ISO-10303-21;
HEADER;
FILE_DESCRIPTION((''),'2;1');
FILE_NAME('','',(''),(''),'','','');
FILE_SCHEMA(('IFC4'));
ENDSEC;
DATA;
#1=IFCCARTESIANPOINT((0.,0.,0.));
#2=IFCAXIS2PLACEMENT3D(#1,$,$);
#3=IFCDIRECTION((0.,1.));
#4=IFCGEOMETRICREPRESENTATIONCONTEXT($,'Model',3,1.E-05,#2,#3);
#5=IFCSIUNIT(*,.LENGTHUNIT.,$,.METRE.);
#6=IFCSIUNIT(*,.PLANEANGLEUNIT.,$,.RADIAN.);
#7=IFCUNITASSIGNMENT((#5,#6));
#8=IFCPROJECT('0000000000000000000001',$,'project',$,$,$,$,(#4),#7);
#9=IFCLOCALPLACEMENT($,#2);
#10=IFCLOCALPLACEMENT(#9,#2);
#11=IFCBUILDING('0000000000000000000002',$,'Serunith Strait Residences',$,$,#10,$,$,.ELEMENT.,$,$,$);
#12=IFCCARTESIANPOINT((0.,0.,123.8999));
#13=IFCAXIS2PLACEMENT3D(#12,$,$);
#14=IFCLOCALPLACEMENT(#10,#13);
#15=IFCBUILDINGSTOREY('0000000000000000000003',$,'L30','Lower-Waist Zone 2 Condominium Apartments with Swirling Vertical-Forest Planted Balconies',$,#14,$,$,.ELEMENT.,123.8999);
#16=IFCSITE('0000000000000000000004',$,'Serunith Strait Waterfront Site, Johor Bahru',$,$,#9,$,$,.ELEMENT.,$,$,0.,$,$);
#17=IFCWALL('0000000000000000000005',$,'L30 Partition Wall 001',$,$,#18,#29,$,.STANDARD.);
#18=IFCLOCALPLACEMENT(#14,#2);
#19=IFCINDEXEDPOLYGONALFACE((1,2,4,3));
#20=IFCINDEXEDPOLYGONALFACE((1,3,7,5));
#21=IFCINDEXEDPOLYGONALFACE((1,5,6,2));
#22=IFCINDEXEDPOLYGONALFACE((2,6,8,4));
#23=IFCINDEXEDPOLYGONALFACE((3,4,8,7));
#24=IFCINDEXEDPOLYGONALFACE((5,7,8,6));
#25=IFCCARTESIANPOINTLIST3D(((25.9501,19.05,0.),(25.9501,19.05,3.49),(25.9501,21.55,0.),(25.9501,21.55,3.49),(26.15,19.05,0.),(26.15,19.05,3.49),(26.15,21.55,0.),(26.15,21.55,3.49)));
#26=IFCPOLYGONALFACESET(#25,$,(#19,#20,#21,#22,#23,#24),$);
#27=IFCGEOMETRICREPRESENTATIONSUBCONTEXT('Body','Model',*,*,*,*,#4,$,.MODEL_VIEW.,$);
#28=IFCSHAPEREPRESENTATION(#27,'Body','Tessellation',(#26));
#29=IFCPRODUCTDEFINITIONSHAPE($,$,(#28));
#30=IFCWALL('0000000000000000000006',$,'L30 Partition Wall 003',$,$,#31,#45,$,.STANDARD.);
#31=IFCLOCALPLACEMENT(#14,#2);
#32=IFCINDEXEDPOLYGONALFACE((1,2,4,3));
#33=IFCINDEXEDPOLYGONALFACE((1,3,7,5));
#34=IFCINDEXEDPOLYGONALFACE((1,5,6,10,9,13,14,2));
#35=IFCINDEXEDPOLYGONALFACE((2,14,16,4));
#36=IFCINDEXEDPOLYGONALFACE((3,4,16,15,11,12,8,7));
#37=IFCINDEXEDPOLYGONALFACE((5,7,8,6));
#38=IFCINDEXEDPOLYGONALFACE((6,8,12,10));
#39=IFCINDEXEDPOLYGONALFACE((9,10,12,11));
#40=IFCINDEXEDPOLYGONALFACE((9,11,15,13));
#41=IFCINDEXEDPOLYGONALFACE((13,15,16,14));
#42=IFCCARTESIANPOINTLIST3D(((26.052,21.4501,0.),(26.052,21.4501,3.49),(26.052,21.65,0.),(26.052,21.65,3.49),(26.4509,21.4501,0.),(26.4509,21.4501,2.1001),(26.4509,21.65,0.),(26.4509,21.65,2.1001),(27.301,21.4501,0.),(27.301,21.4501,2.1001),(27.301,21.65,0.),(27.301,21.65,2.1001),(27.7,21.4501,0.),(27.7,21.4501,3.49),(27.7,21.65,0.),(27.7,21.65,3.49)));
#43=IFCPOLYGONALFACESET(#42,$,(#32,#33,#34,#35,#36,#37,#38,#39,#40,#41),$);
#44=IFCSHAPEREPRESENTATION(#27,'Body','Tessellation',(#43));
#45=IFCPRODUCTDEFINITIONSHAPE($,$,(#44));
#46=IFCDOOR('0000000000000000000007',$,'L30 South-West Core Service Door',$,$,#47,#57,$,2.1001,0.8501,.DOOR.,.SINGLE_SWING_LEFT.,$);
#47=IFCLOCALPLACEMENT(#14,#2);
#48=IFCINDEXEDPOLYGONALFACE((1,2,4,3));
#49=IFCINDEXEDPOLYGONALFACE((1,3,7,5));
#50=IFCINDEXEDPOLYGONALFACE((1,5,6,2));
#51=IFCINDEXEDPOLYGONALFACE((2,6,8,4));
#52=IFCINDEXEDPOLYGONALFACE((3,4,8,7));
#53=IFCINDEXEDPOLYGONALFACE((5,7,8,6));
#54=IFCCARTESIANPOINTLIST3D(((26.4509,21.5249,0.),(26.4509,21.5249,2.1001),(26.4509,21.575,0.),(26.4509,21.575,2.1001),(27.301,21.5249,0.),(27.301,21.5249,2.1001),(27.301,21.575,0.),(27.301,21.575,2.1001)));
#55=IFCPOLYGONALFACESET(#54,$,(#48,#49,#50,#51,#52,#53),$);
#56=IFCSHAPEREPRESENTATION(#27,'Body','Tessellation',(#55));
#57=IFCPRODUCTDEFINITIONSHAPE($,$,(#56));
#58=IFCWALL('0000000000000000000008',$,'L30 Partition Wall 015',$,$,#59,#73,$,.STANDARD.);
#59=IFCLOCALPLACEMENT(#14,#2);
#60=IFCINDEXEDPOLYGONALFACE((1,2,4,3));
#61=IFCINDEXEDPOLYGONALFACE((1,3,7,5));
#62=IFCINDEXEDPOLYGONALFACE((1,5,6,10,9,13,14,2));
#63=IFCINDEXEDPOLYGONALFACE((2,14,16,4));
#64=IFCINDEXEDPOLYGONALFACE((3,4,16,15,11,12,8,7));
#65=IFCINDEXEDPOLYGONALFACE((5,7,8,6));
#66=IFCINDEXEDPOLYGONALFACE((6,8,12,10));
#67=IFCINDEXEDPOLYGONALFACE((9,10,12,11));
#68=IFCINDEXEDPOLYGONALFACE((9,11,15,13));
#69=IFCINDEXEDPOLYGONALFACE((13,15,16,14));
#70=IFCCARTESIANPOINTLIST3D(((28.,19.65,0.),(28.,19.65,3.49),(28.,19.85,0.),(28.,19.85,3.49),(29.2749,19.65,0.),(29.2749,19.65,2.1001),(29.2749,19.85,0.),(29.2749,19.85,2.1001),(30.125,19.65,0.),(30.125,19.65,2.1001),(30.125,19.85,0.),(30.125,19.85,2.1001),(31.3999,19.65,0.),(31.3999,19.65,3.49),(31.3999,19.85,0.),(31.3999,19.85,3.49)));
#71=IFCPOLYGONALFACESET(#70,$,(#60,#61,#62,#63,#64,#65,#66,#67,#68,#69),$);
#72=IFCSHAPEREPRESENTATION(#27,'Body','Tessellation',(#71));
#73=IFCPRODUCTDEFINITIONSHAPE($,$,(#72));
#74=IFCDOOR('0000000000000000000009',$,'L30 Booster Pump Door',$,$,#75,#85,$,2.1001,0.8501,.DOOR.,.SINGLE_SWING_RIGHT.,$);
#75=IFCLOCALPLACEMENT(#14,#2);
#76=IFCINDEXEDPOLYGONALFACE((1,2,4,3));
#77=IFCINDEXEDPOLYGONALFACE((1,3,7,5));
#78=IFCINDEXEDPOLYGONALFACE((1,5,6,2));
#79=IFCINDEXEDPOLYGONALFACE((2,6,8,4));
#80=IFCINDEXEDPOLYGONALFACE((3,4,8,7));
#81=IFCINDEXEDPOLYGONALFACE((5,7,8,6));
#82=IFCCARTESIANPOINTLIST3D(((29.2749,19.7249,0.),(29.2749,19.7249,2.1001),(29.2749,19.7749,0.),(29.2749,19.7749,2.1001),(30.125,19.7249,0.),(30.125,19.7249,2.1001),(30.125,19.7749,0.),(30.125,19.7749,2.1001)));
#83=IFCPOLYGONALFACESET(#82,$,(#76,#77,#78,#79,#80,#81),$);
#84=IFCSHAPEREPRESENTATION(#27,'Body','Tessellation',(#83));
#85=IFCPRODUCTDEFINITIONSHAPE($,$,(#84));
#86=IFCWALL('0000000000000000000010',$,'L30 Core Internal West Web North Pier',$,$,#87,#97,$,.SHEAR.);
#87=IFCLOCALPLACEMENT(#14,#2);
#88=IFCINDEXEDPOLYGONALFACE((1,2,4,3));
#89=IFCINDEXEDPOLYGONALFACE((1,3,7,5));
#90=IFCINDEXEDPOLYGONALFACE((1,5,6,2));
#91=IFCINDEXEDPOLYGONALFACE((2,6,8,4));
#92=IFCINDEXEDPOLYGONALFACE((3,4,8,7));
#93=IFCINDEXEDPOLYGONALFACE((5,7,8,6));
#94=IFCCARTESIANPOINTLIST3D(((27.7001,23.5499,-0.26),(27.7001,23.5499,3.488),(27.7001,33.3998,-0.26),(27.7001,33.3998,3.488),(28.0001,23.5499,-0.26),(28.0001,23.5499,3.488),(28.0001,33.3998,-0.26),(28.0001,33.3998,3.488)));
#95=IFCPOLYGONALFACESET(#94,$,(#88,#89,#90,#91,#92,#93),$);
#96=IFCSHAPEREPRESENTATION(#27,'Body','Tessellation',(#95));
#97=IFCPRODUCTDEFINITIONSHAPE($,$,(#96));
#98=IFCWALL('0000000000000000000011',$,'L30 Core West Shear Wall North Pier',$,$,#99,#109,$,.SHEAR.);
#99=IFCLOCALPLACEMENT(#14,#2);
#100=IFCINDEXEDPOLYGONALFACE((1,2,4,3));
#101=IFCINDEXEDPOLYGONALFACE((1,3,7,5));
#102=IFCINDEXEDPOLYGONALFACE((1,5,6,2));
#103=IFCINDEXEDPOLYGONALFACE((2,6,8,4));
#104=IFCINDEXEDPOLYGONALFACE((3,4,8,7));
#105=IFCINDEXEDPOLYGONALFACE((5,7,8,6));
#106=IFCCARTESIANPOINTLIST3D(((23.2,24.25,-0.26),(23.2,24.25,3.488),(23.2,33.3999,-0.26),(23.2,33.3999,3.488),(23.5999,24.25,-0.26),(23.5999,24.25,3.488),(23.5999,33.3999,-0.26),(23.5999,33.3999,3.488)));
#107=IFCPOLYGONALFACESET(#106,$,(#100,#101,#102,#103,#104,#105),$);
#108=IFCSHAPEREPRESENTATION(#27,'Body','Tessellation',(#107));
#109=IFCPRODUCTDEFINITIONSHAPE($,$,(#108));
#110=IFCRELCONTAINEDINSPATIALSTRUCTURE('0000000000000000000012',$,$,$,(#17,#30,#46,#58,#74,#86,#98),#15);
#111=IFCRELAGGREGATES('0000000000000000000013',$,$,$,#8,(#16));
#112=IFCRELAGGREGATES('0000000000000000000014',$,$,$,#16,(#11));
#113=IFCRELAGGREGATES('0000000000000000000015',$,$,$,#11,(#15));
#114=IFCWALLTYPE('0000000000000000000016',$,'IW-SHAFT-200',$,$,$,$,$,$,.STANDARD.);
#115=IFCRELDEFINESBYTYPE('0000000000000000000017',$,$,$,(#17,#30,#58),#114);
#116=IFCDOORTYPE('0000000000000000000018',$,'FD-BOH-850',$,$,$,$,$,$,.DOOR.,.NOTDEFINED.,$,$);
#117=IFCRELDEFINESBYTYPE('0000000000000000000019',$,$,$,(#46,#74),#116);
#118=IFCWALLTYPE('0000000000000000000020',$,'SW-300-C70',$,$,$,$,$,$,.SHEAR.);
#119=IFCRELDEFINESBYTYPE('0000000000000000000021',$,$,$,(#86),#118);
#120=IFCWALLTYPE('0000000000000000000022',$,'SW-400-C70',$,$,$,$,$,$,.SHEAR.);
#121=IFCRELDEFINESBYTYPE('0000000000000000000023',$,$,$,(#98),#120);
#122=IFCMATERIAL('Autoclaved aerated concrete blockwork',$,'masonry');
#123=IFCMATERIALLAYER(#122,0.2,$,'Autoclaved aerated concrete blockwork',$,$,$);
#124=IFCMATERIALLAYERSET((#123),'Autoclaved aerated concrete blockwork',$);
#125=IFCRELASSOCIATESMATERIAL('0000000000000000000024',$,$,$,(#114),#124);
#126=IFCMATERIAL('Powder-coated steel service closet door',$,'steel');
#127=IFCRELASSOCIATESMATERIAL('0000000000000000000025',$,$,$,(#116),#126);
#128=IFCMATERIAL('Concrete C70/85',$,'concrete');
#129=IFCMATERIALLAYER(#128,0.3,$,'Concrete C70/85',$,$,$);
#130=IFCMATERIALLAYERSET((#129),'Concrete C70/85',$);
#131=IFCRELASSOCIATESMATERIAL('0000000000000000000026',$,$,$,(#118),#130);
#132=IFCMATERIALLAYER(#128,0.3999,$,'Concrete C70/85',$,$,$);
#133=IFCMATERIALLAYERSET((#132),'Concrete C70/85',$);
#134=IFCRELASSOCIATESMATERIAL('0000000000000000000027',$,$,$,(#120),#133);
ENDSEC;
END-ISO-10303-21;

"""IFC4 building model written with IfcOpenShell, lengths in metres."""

from ifc_helpers import new_model, si_unit, direction, frame, frame_2d, origin, place, context, subcontext, project, spatial, rectangle, extrude, source, transform, mapped, material, layer, layer_set, type_object, element, fill, save


model = new_model("IFC4")

# Units and contexts
model_context = context("Model", 3, precision=1e-05, world=origin(), true_north=direction((0.0, 1.0)))
body_context = subcontext(model_context, "Body", "Model", "MODEL_VIEW")
ifc_project = project(units=[si_unit("LENGTHUNIT", "METRE"), si_unit("PLANEANGLEUNIT", "RADIAN")], contexts=[model_context])

# Site, building, storey
site_placement = place(None, origin())
site = spatial("IfcSite", under=ifc_project, at=site_placement, Name="Serunith Strait Waterfront Site, Johor Bahru", CompositionType="ELEMENT", RefElevation=0.0)
building_placement = place(site_placement, origin())
building = spatial("IfcBuilding", under=site, at=building_placement, Name="Serunith Strait Residences", CompositionType="ELEMENT")
storey_placement = place(building_placement, frame((0.0, 0.0, 123.8999)))
storey = spatial("IfcBuildingStorey", under=building, at=storey_placement, Name="L30", Description="Lower-Waist Zone 2 Condominium Apartments with Swirling Vertical-Forest Planted Balconies", CompositionType="ELEMENT", Elevation=123.8999)

# Shared definitions
shared_shape_1 = source(origin(), body_context, "Body", "SweptSolid", [
    extrude(rectangle(XDim=0.8501, YDim=2.1001, at=frame_2d((0.425, 1.05))), frame((0.0, 0.0249, 0.0), z_axis=(0.0, -1.0, 0.0), x_axis=(1.0, 0.0, 0.0)), (0.0, 0.0, 1.0), 0.05),
])
ifc_material_1 = material(Name="Autoclaved aerated concrete blockwork", Category="masonry")
ifc_layer_1 = layer(ifc_material_1, 0.2, Name="Autoclaved aerated concrete blockwork")
ifc_layer_set_1 = layer_set([ifc_layer_1], Name="Autoclaved aerated concrete blockwork")
wall_type_1 = type_object("IfcWallType", Name="IW-SHAFT-200", PredefinedType="STANDARD", material=ifc_layer_set_1)

# Wall
wall_1_placement = place(storey_placement, frame((26.05, 19.05, 0.0), z_axis=(0.0, 0.0, 1.0), x_axis=(0.0, 1.0, 0.0)))
element("IfcWall", 1, at=wall_1_placement, inside=storey, type_object=wall_type_1, Name="L30 Partition Wall 001", PredefinedType="STANDARD", context=body_context, shape_type="SweptSolid", body=[
    extrude(rectangle(XDim=2.5, YDim=0.2, at=frame_2d((1.25, 0.0))), origin(), (0.0, 0.0, 1.0), 3.49),
])

# Walls, openings, doors
wall_2_placement = place(storey_placement, frame((26.052, 21.55, 0.0), z_axis=(0.0, 0.0, 1.0), x_axis=(1.0, 0.0, 0.0)))
wall_2 = element("IfcWall", 2, at=wall_2_placement, inside=storey, type_object=wall_type_1, Name="L30 Partition Wall 003", PredefinedType="STANDARD", context=body_context, shape_type="SweptSolid", body=[
    extrude(rectangle(XDim=1.6479, YDim=0.2, at=frame_2d((0.824, 0.0))), origin(), (0.0, 0.0, 1.0), 3.49),
])
opening_1_placement = place(wall_2_placement, frame((0.3989, 0.0, 0.0)))
opening_1 = element("IfcOpeningElement", 3, at=opening_1_placement, cuts=wall_2, PredefinedType="OPENING", context=body_context, shape_type="SweptSolid", body=[
    extrude(rectangle(XDim=0.8501, YDim=2.1001, at=frame_2d((0.425, 1.05))), frame((0.0, 0.1099, 0.0), z_axis=(0.0, -1.0, 0.0), x_axis=(1.0, 0.0, 0.0)), (0.0, 0.0, 1.0), 0.22),
])
ifc_material_2 = material(Name="Powder-coated steel service closet door", Category="steel")
door_type_1 = type_object("IfcDoorType", Name="FD-BOH-850", OperationType="NOTDEFINED", PredefinedType="DOOR", material=ifc_material_2)
door_1_placement = place(opening_1_placement, origin())
door_1 = element("IfcDoor", 4, at=door_1_placement, inside=storey, type_object=door_type_1, Name="L30 South-West Core Service Door", OperationType="SINGLE_SWING_LEFT", OverallHeight=2.1001, OverallWidth=0.8501, PredefinedType="DOOR", context=body_context, shape_type="MappedRepresentation", body=[
    mapped(shared_shape_1, transform((0.0, 0.0, 0.0), scale=1.0)),
])
fill(opening_1, door_1)
wall_3_placement = place(storey_placement, frame((28.0, 19.75, 0.0), z_axis=(0.0, 0.0, 1.0), x_axis=(1.0, 0.0, 0.0)))
wall_3 = element("IfcWall", 5, at=wall_3_placement, inside=storey, type_object=wall_type_1, Name="L30 Partition Wall 015", PredefinedType="STANDARD", context=body_context, shape_type="SweptSolid", body=[
    extrude(rectangle(XDim=3.3999, YDim=0.2, at=frame_2d((1.7, 0.0))), origin(), (0.0, 0.0, 1.0), 3.49),
])
opening_2_placement = place(wall_3_placement, frame((1.2749, 0.0, 0.0)))
opening_2 = element("IfcOpeningElement", 6, at=opening_2_placement, cuts=wall_3, PredefinedType="OPENING", context=body_context, shape_type="SweptSolid", body=[
    extrude(rectangle(XDim=0.8501, YDim=2.1001, at=frame_2d((0.425, 1.05))), frame((0.0, 0.1099, 0.0), z_axis=(0.0, -1.0, 0.0), x_axis=(1.0, 0.0, 0.0)), (0.0, 0.0, 1.0), 0.22),
])
door_2_placement = place(opening_2_placement, origin())
door_2 = element("IfcDoor", 7, at=door_2_placement, inside=storey, type_object=door_type_1, Name="L30 Booster Pump Door", OperationType="SINGLE_SWING_RIGHT", OverallHeight=2.1001, OverallWidth=0.8501, PredefinedType="DOOR", context=body_context, shape_type="MappedRepresentation", body=[
    mapped(shared_shape_1, transform((0.0, 0.0, 0.0), scale=1.0)),
])
fill(opening_2, door_2)

# Walls
ifc_material_3 = material(Name="Concrete C70/85", Category="concrete")
ifc_layer_2 = layer(ifc_material_3, 0.3, Name="Concrete C70/85")
ifc_layer_set_2 = layer_set([ifc_layer_2], Name="Concrete C70/85")
wall_type_2 = type_object("IfcWallType", Name="SW-300-C70", PredefinedType="SHEAR", material=ifc_layer_set_2)
wall_4_placement = place(storey_placement, frame((27.8501, 23.55, -0.26), z_axis=(0.0, 0.0, 1.0), x_axis=(0.0, 1.0, 0.0)))
element("IfcWall", 8, at=wall_4_placement, inside=storey, type_object=wall_type_2, Name="L30 Core Internal West Web North Pier", PredefinedType="SHEAR", context=body_context, shape_type="SweptSolid", body=[
    extrude(rectangle(XDim=9.8499, YDim=0.3, at=frame_2d((4.9248, 0.0))), origin(), (0.0, 0.0, 1.0), 3.748),
])
ifc_layer_3 = layer(ifc_material_3, 0.3999, Name="Concrete C70/85")
ifc_layer_set_3 = layer_set([ifc_layer_3], Name="Concrete C70/85")
wall_type_3 = type_object("IfcWallType", Name="SW-400-C70", PredefinedType="SHEAR", material=ifc_layer_set_3)
wall_5_placement = place(storey_placement, frame((23.3999, 24.25, -0.26), z_axis=(0.0, 0.0, 1.0), x_axis=(0.0, 1.0, 0.0)))
element("IfcWall", 9, at=wall_5_placement, inside=storey, type_object=wall_type_3, Name="L30 Core West Shear Wall North Pier", PredefinedType="SHEAR", context=body_context, shape_type="SweptSolid", body=[
    extrude(rectangle(XDim=9.1499, YDim=0.3999, at=frame_2d((4.575, 0.0))), origin(), (0.0, 0.0, 1.0), 3.748),
])

save(model, "model.ifc")
